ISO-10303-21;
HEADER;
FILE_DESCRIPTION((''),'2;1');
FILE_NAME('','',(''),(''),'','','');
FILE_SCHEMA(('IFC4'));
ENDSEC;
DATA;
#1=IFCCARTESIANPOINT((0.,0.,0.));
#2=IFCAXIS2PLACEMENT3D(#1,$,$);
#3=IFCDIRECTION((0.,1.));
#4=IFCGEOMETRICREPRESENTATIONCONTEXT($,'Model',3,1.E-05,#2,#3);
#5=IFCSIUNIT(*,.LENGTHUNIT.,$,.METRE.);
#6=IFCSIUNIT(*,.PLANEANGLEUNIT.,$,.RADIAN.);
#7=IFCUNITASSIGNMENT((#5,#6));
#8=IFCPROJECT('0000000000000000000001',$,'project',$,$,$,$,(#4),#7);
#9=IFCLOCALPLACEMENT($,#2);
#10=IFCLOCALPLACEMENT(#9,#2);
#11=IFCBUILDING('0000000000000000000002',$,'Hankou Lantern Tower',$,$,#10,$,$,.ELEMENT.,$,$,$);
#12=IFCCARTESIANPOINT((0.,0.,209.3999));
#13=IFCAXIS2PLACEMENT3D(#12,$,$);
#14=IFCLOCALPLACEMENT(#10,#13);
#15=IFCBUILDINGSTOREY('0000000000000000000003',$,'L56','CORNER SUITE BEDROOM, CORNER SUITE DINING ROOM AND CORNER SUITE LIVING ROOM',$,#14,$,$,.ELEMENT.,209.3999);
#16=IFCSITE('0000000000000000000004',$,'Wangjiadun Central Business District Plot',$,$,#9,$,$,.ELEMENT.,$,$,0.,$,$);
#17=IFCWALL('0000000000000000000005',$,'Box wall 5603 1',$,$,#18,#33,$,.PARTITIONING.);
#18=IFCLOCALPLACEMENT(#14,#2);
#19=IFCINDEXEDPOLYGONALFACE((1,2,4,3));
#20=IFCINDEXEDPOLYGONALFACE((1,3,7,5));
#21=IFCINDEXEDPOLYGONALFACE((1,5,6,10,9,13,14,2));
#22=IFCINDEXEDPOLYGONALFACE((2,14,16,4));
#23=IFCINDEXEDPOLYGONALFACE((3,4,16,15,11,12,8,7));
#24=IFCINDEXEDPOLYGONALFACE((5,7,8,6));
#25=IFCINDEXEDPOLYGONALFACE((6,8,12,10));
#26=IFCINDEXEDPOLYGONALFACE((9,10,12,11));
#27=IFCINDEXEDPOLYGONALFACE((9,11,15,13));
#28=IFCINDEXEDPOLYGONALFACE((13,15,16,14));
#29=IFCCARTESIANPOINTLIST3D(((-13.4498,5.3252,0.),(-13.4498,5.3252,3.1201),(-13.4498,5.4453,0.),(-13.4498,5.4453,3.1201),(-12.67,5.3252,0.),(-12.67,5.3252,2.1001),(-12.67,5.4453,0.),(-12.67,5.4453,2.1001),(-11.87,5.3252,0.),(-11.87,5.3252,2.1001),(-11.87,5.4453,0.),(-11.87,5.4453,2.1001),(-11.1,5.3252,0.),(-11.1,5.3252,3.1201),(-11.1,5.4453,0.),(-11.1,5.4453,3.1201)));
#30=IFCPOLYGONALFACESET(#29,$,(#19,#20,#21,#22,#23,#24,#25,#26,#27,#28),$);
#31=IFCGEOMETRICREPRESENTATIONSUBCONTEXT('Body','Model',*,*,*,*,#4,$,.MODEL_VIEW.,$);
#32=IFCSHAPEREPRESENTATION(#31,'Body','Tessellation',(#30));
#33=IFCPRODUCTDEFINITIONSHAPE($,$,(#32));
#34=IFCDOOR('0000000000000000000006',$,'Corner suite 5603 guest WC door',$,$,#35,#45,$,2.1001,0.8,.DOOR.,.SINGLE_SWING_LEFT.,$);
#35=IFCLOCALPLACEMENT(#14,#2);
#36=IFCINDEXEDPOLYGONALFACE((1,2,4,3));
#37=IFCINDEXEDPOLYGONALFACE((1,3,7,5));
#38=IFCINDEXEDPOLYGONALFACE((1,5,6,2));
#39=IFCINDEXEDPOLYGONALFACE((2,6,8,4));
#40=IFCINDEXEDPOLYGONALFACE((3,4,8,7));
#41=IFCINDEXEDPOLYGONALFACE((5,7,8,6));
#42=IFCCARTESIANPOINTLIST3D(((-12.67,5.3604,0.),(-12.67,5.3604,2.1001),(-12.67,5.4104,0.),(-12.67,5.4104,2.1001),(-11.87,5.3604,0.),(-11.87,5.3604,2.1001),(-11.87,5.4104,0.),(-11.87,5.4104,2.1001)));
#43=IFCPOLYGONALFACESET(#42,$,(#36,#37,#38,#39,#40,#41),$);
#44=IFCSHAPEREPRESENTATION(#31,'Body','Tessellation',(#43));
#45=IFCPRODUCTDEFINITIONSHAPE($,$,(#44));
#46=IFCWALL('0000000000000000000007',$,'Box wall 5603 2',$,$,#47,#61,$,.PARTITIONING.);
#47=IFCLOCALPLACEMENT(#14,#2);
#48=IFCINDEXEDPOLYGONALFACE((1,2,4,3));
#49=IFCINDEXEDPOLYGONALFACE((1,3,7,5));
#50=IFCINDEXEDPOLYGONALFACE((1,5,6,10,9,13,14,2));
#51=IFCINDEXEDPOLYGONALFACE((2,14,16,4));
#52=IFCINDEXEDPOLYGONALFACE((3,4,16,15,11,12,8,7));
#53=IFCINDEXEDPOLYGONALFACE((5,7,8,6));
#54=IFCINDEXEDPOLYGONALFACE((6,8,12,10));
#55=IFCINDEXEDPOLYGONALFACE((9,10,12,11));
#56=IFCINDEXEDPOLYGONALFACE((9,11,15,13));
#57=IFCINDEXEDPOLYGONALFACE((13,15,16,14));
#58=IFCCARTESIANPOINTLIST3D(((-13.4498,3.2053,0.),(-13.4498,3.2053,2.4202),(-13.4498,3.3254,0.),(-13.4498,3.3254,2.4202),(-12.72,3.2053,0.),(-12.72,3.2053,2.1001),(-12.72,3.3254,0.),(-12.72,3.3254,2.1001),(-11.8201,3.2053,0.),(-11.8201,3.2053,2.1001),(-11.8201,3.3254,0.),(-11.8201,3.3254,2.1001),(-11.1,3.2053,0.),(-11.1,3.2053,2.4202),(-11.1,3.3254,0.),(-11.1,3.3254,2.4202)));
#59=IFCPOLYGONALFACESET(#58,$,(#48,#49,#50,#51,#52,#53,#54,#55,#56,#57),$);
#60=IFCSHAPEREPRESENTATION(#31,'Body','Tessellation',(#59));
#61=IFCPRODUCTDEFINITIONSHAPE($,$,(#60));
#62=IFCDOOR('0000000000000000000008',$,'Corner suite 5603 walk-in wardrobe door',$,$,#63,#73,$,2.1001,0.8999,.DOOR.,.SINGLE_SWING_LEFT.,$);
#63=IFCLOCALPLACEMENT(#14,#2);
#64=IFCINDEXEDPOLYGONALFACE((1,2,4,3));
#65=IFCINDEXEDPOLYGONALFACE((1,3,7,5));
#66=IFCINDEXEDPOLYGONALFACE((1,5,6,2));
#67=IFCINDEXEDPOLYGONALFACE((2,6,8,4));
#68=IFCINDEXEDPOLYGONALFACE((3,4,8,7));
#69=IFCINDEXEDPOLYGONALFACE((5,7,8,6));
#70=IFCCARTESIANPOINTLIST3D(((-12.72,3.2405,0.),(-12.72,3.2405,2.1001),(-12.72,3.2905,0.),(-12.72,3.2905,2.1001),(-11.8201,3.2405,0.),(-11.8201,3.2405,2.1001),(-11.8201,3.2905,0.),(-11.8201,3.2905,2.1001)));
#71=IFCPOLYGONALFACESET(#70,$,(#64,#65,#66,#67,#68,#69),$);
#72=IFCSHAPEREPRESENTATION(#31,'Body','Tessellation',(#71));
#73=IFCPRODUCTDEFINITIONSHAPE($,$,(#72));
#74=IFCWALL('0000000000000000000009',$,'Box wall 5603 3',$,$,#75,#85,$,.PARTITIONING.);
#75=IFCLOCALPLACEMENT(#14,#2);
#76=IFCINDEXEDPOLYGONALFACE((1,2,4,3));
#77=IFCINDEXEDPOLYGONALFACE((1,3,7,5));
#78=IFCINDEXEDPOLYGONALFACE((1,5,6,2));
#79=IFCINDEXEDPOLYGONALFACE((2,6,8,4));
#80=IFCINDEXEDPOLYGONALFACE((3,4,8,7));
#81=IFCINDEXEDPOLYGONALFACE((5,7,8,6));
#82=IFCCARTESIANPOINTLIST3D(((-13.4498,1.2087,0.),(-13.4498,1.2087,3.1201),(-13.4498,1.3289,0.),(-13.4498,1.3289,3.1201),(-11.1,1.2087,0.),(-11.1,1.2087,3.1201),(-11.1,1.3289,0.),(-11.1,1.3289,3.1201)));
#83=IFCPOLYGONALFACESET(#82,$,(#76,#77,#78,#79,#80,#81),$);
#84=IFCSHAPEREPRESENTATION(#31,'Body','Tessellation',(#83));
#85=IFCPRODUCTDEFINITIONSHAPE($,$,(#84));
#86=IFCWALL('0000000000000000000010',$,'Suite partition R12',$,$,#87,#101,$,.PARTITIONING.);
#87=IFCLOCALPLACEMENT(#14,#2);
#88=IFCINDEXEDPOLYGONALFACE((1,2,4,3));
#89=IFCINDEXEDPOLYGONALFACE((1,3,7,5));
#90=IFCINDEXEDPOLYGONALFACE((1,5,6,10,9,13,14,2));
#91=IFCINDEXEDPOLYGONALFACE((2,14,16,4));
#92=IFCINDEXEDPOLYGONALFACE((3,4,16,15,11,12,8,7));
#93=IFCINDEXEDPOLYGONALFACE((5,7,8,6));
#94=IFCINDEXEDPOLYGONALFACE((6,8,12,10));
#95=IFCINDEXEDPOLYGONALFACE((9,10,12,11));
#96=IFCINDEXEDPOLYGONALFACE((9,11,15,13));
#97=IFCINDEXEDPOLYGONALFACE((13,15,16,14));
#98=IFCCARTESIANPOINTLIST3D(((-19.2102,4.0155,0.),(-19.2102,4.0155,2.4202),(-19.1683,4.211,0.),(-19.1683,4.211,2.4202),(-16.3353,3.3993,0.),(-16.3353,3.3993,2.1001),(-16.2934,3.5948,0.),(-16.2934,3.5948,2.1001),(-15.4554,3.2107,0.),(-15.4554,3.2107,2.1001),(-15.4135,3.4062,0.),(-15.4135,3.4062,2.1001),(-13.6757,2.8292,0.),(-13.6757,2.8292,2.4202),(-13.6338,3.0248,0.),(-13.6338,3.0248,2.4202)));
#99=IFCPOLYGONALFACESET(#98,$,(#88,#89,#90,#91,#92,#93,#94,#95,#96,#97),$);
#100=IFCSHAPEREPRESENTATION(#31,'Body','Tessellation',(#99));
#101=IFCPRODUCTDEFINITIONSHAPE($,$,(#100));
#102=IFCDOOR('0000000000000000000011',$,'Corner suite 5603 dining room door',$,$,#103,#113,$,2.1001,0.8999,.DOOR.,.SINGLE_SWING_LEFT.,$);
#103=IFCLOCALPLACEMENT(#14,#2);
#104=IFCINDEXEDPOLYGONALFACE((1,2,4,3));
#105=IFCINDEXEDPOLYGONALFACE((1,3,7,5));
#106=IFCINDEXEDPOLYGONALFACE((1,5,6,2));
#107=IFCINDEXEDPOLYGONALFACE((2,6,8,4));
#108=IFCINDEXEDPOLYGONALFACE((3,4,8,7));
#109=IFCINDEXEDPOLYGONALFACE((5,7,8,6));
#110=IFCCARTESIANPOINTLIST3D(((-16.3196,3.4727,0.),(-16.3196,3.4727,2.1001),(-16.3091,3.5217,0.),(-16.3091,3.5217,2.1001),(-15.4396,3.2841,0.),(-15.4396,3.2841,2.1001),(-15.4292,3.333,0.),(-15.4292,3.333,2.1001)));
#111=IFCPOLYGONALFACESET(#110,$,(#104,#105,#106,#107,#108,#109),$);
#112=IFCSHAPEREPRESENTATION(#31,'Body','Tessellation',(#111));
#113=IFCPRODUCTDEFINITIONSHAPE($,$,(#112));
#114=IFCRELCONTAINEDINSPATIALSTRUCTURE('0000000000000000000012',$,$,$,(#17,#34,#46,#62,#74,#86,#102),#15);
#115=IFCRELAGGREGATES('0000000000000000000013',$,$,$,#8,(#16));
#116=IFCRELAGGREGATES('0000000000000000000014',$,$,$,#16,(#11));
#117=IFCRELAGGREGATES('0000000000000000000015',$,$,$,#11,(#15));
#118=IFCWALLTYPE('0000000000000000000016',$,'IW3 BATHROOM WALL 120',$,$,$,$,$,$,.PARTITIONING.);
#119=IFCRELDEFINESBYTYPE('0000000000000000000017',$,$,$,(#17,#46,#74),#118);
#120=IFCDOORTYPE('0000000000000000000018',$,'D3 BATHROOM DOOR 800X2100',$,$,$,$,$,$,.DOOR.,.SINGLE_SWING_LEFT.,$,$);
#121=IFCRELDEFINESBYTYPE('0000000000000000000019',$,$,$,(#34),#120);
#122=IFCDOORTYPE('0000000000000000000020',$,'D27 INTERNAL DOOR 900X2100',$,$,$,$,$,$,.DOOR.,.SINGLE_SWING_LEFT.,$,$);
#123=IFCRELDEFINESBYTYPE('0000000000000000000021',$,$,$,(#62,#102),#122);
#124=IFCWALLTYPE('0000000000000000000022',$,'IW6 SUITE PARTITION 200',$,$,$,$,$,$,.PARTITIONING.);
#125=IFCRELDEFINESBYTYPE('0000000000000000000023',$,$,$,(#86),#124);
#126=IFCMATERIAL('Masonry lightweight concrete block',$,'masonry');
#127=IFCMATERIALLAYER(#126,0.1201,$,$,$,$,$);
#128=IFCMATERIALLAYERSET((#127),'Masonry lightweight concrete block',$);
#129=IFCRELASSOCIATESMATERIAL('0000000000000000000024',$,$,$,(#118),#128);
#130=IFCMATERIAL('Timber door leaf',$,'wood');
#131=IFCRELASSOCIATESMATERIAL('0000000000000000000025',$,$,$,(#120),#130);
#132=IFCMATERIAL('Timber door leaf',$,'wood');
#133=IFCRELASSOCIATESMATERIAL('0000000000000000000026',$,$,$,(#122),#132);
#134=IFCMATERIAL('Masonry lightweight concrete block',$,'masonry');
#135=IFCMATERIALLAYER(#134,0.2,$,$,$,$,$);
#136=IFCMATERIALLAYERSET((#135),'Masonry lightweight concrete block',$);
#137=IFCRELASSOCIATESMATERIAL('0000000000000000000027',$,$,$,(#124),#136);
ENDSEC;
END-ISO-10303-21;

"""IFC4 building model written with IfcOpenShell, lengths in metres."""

from ifc_helpers import new_model, si_unit, direction, frame, frame_2d, origin, place, context, subcontext, project, spatial, rectangle, extrude, material, layer, layer_set, type_object, element, fill, save


model = new_model("IFC4")

# Units and contexts
model_context = context("Model", 3, precision=1e-05, world=origin(), true_north=direction((0.0, 1.0)))
body_context = subcontext(model_context, "Body", "Model", "MODEL_VIEW")
ifc_project = project(units=[si_unit("LENGTHUNIT", "METRE"), si_unit("PLANEANGLEUNIT", "RADIAN")], contexts=[model_context])

# Site, building, storey
site_placement = place(None, origin())
site = spatial("IfcSite", under=ifc_project, at=site_placement, Name="Wangjiadun Central Business District Plot", CompositionType="ELEMENT", RefElevation=0.0)
building_placement = place(site_placement, origin())
building = spatial("IfcBuilding", under=site, at=building_placement, Name="Hankou Lantern Tower", CompositionType="ELEMENT")
storey_placement = place(building_placement, frame((0.0, 0.0, 209.3999)))
storey = spatial("IfcBuildingStorey", under=building, at=storey_placement, Name="L56", Description="CORNER SUITE BEDROOM, CORNER SUITE DINING ROOM AND CORNER SUITE LIVING ROOM", CompositionType="ELEMENT", Elevation=209.3999)

# Walls, openings, doors
ifc_material_1 = material(Name="Masonry lightweight concrete block", Category="masonry")
ifc_layer_1 = layer(ifc_material_1, 0.1201)
ifc_layer_set_1 = layer_set([ifc_layer_1], Name="Masonry lightweight concrete block")
wall_type_1 = type_object("IfcWallType", Name="IW3 BATHROOM WALL 120", PredefinedType="PARTITIONING", material=ifc_layer_set_1)
wall_1_placement = place(storey_placement, frame((-11.1001, 5.3853, 0.0), z_axis=(0.0, 0.0, 1.0), x_axis=(-1.0, 0.0, 0.0)))
wall_1 = element("IfcWall", 1, at=wall_1_placement, inside=storey, type_object=wall_type_1, Name="Box wall 5603 1", PredefinedType="PARTITIONING", context=body_context, shape_type="SweptSolid", body=[
    extrude(rectangle(XDim=2.3499, YDim=0.1201, at=frame_2d((1.1748, 0.0))), origin(), (0.0, 0.0, 1.0), 3.1201),
])
opening_1_placement = place(wall_1_placement, frame((0.77, 0.0, 0.0)))
opening_1 = element("IfcOpeningElement", 2, at=opening_1_placement, cuts=wall_1, PredefinedType="OPENING", context=body_context, shape_type="SweptSolid", body=[
    extrude(rectangle(XDim=0.8, YDim=2.1001, at=frame_2d((0.3999, 1.05))), frame((0.0, 0.0701, 0.0), z_axis=(0.0, -1.0, 0.0), x_axis=(1.0, 0.0, 0.0)), (0.0, 0.0, 1.0), 0.1401),
])
ifc_material_2 = material(Name="Timber door leaf", Category="wood")
door_type_1 = type_object("IfcDoorType", Name="D3 BATHROOM DOOR 800X2100", OperationType="SINGLE_SWING_LEFT", PredefinedType="DOOR", material=ifc_material_2)
door_1_placement = place(opening_1_placement, origin())
door_1 = element("IfcDoor", 3, at=door_1_placement, inside=storey, type_object=door_type_1, Name="Corner suite 5603 guest WC door", OperationType="SINGLE_SWING_LEFT", OverallHeight=2.1001, OverallWidth=0.8, PredefinedType="DOOR", context=body_context, shape_type="SweptSolid", body=[
    extrude(rectangle(XDim=0.8, YDim=2.1001, at=frame_2d((0.3999, 1.05))), frame((0.0, 0.0249, 0.0), z_axis=(0.0, -1.0, 0.0), x_axis=(1.0, 0.0, 0.0)), (0.0, 0.0, 1.0), 0.05),
])
fill(opening_1, door_1)
wall_2_placement = place(storey_placement, frame((-11.1001, 3.2654, 0.0), z_axis=(0.0, 0.0, 1.0), x_axis=(-1.0, 0.0, 0.0)))
wall_2 = element("IfcWall", 4, at=wall_2_placement, inside=storey, type_object=wall_type_1, Name="Box wall 5603 2", PredefinedType="PARTITIONING", context=body_context, shape_type="SweptSolid", body=[
    extrude(rectangle(XDim=2.3499, YDim=0.1201, at=frame_2d((1.1748, 0.0))), origin(), (0.0, 0.0, 1.0), 2.4202),
])
opening_2_placement = place(wall_2_placement, frame((0.72, 0.0, 0.0)))
opening_2 = element("IfcOpeningElement", 5, at=opening_2_placement, cuts=wall_2, PredefinedType="OPENING", context=body_context, shape_type="SweptSolid", body=[
    extrude(rectangle(XDim=0.8999, YDim=2.1001, at=frame_2d((0.45, 1.05))), frame((0.0, 0.0701, 0.0), z_axis=(0.0, -1.0, 0.0), x_axis=(1.0, 0.0, 0.0)), (0.0, 0.0, 1.0), 0.1401),
])
ifc_material_3 = material(Name="Timber door leaf", Category="wood")
door_type_2 = type_object("IfcDoorType", Name="D27 INTERNAL DOOR 900X2100", OperationType="SINGLE_SWING_LEFT", PredefinedType="DOOR", material=ifc_material_3)
door_2_placement = place(opening_2_placement, origin())
door_2 = element("IfcDoor", 6, at=door_2_placement, inside=storey, type_object=door_type_2, Name="Corner suite 5603 walk-in wardrobe door", OperationType="SINGLE_SWING_LEFT", OverallHeight=2.1001, OverallWidth=0.8999, PredefinedType="DOOR", context=body_context, shape_type="SweptSolid", body=[
    extrude(rectangle(XDim=0.8999, YDim=2.1001, at=frame_2d((0.45, 1.05))), frame((0.0, 0.0249, 0.0), z_axis=(0.0, -1.0, 0.0), x_axis=(1.0, 0.0, 0.0)), (0.0, 0.0, 1.0), 0.05),
])
fill(opening_2, door_2)

# Wall
wall_3_placement = place(storey_placement, frame((-11.1001, 1.2688, 0.0), z_axis=(0.0, 0.0, 1.0), x_axis=(-1.0, 0.0, 0.0)))
element("IfcWall", 7, at=wall_3_placement, inside=storey, type_object=wall_type_1, Name="Box wall 5603 3", PredefinedType="PARTITIONING", context=body_context, shape_type="SweptSolid", body=[
    extrude(rectangle(XDim=2.3499, YDim=0.1201, at=frame_2d((1.1748, 0.0))), origin(), (0.0, 0.0, 1.0), 3.1201),
])

# Wall, opening, door
ifc_material_4 = material(Name="Masonry lightweight concrete block", Category="masonry")
ifc_layer_2 = layer(ifc_material_4, 0.2)
ifc_layer_set_2 = layer_set([ifc_layer_2], Name="Masonry lightweight concrete block")
wall_type_2 = type_object("IfcWallType", Name="IW6 SUITE PARTITION 200", PredefinedType="PARTITIONING", material=ifc_layer_set_2)
wall_4_placement = place(storey_placement, frame((-13.6548, 2.927, 0.0), z_axis=(0.0, 0.0, 1.0), x_axis=(-0.97779, 0.209585, 0.0)))
wall_4 = element("IfcWall", 8, at=wall_4_placement, inside=storey, type_object=wall_type_2, Name="Suite partition R12", PredefinedType="PARTITIONING", context=body_context, shape_type="SweptSolid", body=[
    extrude(rectangle(XDim=5.6602, YDim=0.2, at=frame_2d((2.8301, 0.0))), origin(), (0.0, 0.0, 1.0), 2.4202),
])
opening_3_placement = place(wall_4_placement, frame((1.8201, 0.0, 0.0)))
opening_3 = element("IfcOpeningElement", 9, at=opening_3_placement, cuts=wall_4, PredefinedType="OPENING", context=body_context, shape_type="SweptSolid", body=[
    extrude(rectangle(XDim=0.8999, YDim=2.1001, at=frame_2d((0.45, 1.05))), frame((0.0, 0.1099, 0.0), z_axis=(0.0, -1.0, 0.0), x_axis=(1.0, 0.0, 0.0)), (0.0, 0.0, 1.0), 0.22),
])
door_3_placement = place(opening_3_placement, origin())
door_3 = element("IfcDoor", 10, at=door_3_placement, inside=storey, type_object=door_type_2, Name="Corner suite 5603 dining room door", OperationType="SINGLE_SWING_LEFT", OverallHeight=2.1001, OverallWidth=0.8999, PredefinedType="DOOR", context=body_context, shape_type="SweptSolid", body=[
    extrude(rectangle(XDim=0.8999, YDim=2.1001, at=frame_2d((0.45, 1.05))), frame((0.0, 0.0249, 0.0), z_axis=(0.0, -1.0, 0.0), x_axis=(1.0, 0.0, 0.0)), (0.0, 0.0, 1.0), 0.05),
])
fill(opening_3, door_3)

save(model, "model.ifc")
